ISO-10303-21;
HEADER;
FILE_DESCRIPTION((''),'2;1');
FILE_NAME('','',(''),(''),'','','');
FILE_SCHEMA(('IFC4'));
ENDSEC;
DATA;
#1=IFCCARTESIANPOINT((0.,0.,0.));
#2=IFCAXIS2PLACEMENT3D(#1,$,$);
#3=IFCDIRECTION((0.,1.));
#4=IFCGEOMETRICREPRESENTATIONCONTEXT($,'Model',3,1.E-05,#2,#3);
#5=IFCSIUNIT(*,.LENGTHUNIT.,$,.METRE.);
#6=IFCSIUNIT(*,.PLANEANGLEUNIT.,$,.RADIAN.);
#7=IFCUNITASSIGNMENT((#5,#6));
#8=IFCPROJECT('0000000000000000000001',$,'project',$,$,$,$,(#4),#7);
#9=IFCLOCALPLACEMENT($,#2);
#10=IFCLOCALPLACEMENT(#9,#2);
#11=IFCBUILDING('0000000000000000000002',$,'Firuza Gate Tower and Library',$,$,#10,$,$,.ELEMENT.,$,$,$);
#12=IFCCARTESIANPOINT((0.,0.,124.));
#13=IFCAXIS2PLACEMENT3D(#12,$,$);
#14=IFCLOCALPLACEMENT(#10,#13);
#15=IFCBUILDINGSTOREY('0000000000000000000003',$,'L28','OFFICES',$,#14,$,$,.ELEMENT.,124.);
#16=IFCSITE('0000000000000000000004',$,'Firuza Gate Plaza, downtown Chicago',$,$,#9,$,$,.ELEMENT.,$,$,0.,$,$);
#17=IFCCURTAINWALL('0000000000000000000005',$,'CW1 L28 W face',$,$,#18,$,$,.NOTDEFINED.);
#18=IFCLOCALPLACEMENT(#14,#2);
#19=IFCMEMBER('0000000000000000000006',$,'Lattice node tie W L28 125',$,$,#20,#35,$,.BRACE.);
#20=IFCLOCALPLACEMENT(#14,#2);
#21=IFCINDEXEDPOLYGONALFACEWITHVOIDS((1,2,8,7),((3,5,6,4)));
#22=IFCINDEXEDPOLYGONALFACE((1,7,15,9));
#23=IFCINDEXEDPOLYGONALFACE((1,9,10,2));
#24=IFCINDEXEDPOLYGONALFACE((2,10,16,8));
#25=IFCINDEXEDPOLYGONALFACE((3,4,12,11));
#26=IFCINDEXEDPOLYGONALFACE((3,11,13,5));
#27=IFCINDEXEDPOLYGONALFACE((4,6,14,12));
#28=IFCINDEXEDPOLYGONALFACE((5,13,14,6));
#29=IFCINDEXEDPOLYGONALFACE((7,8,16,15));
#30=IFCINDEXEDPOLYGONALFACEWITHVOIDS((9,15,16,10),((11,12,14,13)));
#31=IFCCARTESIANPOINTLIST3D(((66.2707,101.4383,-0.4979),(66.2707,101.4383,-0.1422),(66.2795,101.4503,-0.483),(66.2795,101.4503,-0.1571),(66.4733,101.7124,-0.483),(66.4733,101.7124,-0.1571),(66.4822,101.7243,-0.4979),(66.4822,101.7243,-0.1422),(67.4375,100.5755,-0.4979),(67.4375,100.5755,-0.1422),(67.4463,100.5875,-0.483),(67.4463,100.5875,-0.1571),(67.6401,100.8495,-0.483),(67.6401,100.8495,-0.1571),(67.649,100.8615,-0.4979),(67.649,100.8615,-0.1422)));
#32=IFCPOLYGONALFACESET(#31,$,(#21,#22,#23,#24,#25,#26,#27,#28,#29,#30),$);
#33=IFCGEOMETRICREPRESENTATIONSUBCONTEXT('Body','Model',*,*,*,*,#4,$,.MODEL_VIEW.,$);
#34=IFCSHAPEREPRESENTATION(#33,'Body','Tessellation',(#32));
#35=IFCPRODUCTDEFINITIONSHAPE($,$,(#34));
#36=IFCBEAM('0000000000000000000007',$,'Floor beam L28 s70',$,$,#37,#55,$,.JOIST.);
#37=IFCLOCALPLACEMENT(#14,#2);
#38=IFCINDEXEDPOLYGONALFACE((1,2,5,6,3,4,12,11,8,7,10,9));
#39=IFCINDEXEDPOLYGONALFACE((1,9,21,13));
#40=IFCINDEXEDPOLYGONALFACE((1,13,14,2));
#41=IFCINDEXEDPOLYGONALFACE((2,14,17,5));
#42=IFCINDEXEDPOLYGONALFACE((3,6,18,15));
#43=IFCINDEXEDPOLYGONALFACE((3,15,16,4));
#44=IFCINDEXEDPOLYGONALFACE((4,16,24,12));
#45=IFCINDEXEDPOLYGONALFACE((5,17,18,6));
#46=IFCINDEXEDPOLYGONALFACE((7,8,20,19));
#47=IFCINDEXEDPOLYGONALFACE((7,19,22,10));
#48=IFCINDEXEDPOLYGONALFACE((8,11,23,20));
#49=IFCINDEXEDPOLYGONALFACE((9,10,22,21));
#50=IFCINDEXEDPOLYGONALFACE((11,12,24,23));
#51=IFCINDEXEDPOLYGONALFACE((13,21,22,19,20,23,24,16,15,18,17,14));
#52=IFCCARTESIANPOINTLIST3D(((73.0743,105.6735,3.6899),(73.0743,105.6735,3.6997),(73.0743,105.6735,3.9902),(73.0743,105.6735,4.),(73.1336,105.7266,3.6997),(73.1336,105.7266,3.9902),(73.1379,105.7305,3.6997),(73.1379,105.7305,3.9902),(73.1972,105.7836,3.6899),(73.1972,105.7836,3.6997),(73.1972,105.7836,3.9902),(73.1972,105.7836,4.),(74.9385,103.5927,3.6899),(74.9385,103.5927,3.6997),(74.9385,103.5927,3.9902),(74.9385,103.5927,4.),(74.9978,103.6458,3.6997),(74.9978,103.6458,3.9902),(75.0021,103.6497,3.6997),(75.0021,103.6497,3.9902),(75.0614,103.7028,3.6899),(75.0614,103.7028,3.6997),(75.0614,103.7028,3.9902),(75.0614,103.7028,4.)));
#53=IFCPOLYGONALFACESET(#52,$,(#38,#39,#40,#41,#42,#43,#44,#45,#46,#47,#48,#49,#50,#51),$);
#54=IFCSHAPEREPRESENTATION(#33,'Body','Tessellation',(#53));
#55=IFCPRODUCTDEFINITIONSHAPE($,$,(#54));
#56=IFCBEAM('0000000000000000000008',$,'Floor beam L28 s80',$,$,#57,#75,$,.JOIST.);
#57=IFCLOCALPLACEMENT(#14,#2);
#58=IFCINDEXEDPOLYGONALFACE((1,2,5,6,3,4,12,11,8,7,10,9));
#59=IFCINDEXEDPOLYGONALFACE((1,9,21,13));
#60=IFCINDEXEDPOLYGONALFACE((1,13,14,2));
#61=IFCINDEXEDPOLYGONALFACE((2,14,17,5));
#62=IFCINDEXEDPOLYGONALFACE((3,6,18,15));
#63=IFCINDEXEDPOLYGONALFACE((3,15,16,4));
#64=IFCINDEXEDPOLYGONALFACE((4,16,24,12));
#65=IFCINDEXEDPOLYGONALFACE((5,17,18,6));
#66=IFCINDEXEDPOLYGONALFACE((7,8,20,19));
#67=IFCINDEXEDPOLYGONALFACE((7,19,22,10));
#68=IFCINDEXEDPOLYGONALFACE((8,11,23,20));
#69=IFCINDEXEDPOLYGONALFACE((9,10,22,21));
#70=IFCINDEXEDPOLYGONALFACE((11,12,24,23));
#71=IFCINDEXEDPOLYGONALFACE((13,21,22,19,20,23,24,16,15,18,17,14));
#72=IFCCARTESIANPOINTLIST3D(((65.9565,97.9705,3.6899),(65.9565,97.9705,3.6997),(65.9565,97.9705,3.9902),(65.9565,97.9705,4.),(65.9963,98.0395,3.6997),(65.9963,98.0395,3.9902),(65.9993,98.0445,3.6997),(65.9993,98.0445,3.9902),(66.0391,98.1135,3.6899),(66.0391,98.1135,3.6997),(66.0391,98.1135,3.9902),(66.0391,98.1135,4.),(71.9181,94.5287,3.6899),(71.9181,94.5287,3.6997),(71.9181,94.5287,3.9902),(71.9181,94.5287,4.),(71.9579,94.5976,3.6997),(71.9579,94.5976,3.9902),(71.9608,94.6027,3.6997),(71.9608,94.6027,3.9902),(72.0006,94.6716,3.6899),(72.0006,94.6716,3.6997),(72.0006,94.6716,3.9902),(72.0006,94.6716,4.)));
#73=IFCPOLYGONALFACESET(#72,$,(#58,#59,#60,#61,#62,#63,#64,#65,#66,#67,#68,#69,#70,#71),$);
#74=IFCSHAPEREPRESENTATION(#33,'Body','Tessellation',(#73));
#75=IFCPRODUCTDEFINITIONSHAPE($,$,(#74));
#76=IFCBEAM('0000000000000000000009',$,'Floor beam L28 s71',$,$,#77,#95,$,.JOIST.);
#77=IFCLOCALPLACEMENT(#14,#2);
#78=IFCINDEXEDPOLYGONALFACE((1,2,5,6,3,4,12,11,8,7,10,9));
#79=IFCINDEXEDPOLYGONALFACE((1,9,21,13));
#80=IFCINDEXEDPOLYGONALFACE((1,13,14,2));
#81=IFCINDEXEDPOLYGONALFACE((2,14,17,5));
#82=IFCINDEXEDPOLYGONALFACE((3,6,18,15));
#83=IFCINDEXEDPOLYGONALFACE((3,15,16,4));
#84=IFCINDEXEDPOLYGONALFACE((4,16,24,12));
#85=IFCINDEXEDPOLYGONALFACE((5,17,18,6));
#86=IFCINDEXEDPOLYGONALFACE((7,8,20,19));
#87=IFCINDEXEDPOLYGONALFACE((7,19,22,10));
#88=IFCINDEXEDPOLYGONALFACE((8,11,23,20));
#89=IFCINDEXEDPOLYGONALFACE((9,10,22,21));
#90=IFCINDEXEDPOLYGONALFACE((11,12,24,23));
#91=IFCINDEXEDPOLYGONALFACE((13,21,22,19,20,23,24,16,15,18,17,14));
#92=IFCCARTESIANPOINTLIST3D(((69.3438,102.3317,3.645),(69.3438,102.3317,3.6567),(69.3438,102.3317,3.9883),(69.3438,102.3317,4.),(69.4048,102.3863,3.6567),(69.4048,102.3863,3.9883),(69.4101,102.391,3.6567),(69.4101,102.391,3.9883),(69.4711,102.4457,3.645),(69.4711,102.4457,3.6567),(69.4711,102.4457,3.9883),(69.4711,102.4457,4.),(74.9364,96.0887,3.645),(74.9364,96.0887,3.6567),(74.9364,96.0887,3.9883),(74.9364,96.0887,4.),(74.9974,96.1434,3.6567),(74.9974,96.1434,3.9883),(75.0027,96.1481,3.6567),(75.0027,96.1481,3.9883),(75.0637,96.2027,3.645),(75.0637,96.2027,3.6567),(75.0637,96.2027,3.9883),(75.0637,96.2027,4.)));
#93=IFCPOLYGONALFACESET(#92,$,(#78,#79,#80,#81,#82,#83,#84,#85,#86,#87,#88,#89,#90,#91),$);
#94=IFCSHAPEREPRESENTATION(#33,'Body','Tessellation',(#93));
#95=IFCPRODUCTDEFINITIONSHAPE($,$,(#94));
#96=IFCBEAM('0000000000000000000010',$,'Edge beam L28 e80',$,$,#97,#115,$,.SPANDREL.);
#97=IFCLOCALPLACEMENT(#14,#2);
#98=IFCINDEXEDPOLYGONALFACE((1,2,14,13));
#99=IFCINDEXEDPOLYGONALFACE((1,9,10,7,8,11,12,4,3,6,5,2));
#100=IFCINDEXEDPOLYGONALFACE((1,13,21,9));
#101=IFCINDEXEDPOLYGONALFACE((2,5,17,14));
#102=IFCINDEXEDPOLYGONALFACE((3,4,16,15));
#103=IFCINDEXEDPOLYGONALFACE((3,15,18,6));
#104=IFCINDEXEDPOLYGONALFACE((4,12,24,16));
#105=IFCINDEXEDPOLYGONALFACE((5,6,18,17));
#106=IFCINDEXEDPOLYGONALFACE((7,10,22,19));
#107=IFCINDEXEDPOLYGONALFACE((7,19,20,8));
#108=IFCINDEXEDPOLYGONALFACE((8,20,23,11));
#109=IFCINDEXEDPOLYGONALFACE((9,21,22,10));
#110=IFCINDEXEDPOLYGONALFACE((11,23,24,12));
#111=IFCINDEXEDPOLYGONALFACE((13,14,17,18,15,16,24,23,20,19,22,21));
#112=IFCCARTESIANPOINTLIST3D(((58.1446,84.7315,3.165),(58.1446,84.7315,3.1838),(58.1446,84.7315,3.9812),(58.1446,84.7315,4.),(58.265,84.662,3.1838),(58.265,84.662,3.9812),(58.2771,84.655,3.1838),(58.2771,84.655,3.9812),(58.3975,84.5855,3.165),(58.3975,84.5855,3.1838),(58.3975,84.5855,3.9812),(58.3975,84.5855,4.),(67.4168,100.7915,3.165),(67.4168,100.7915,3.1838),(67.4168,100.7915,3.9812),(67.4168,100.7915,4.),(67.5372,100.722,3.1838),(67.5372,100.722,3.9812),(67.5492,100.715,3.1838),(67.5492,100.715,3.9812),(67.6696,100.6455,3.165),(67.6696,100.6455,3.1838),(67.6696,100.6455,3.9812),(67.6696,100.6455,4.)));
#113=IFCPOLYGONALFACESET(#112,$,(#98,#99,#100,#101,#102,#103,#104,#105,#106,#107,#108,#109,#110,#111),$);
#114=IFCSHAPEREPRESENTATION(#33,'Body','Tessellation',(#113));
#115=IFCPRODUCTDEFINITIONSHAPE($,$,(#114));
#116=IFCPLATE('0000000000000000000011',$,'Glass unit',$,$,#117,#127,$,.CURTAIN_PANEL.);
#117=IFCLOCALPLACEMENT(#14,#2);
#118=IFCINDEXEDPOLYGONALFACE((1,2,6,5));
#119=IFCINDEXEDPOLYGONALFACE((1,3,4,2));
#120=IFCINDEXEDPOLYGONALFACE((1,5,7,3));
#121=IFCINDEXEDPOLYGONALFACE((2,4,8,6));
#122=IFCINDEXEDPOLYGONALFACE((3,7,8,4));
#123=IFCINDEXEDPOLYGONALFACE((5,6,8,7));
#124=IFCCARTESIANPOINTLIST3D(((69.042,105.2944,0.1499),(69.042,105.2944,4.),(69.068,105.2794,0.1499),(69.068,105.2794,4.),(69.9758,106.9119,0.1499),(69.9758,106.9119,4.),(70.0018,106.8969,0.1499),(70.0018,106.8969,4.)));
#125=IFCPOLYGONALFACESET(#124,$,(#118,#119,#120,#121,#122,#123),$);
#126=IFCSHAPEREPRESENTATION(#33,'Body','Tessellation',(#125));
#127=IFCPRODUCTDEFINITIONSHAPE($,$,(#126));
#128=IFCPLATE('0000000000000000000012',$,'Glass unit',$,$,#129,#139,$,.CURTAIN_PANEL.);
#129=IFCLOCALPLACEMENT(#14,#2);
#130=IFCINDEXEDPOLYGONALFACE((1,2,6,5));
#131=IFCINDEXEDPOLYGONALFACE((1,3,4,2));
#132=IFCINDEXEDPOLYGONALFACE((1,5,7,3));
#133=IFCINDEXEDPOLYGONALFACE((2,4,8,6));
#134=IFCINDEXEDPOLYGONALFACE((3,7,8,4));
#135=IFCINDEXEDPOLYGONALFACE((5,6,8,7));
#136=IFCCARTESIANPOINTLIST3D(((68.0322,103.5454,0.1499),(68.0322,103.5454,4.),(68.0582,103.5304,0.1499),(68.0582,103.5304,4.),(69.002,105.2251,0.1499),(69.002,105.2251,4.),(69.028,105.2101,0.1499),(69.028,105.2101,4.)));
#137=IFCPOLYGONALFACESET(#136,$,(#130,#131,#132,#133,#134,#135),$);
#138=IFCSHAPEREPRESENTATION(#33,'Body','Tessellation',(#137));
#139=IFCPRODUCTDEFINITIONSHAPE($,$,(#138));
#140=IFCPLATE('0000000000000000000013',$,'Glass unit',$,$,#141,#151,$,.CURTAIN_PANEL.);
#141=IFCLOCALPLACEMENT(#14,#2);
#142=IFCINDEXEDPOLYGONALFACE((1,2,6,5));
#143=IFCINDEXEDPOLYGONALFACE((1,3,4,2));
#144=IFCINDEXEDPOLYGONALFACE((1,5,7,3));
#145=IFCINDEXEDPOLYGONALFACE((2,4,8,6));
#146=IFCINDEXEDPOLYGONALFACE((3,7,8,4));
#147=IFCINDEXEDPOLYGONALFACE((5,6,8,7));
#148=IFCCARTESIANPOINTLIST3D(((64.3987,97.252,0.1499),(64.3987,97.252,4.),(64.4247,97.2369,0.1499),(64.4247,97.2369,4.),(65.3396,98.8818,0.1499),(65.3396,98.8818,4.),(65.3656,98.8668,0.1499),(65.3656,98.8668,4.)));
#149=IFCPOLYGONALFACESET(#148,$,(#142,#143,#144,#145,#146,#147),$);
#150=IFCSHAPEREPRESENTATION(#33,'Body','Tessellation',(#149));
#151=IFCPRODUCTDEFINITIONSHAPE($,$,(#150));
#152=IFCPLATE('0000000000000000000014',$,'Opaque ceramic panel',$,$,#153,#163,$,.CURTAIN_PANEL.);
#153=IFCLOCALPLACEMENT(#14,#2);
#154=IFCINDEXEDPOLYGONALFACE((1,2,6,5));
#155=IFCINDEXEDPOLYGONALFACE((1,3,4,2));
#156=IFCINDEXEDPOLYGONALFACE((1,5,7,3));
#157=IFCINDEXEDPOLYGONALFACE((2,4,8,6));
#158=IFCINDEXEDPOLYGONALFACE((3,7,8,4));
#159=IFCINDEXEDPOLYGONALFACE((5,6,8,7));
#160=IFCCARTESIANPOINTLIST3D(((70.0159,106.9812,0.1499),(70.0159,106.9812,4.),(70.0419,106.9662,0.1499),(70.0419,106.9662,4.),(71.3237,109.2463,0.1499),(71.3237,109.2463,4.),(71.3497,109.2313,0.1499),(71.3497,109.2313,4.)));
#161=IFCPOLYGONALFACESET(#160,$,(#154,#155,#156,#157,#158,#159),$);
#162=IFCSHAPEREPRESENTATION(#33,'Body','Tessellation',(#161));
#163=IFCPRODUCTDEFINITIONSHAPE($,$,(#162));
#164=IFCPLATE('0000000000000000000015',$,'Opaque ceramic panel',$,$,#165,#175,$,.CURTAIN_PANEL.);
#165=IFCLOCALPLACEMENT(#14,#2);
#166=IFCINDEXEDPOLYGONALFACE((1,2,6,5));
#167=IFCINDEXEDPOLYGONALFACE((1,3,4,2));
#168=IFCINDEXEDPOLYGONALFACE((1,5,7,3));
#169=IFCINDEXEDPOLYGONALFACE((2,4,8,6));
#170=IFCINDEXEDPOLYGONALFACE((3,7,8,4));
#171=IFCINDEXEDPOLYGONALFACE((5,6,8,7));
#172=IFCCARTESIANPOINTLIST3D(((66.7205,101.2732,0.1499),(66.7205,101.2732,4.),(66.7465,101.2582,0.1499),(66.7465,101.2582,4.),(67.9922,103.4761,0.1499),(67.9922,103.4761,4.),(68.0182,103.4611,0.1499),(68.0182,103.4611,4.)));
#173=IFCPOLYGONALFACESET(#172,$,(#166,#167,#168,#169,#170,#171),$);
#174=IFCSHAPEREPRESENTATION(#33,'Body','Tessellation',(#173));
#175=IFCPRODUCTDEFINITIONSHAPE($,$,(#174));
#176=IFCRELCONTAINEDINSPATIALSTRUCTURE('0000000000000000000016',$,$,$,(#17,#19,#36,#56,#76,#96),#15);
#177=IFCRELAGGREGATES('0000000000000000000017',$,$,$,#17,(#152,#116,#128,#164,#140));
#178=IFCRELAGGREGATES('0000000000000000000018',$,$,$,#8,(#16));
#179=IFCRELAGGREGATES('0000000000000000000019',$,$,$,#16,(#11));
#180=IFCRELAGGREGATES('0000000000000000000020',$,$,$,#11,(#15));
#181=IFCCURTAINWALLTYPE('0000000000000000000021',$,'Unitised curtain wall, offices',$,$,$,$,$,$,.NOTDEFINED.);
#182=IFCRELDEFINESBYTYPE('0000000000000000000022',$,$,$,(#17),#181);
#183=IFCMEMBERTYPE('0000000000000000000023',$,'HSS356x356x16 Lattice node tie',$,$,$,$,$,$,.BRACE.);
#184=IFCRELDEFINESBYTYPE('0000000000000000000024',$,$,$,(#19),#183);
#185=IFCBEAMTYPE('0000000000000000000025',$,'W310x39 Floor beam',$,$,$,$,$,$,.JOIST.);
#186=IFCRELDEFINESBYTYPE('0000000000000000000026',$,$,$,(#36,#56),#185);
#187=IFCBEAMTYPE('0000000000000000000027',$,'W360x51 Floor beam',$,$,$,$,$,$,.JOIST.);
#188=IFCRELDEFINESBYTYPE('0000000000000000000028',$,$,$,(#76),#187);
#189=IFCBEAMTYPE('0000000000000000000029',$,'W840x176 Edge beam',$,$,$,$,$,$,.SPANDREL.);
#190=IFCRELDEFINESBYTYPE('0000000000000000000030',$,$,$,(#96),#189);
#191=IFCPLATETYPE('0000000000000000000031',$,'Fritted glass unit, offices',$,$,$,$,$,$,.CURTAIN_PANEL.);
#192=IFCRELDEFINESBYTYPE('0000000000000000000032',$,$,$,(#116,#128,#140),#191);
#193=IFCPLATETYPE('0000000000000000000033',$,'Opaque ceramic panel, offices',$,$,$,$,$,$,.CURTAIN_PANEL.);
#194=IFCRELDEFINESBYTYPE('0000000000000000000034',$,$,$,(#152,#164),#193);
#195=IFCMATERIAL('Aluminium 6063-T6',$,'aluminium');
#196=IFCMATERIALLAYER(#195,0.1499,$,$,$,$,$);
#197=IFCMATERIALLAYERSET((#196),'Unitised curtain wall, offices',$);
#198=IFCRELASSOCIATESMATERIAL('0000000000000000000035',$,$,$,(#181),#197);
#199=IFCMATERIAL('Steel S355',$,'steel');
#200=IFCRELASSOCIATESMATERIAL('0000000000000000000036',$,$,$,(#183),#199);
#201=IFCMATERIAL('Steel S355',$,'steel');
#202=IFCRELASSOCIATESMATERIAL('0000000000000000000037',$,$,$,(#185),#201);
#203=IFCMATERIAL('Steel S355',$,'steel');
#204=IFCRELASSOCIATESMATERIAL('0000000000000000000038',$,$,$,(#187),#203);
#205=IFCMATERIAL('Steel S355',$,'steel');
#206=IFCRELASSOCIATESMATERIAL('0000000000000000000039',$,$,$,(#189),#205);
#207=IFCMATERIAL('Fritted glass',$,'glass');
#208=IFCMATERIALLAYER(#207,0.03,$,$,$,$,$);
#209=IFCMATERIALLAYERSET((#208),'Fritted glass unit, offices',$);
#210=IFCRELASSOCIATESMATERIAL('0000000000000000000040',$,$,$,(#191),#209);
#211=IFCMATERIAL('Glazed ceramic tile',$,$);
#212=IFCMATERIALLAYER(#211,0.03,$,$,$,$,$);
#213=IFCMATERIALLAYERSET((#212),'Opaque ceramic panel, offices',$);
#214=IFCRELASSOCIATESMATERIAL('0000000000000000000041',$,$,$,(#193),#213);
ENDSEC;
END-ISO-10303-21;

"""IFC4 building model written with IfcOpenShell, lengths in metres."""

from ifc_helpers import new_model, si_unit, direction, frame, origin, origin_2d, place, context, subcontext, project, spatial, polyline, hollow_rectangle, i_section, outline, extrude, material, layer, layer_set, material_profile, profile_set, type_object, element, aggregate, save


model = new_model("IFC4")

# Units and contexts
model_context = context("Model", 3, precision=1e-05, world=origin(), true_north=direction((0.0, 1.0)))
body_context = subcontext(model_context, "Body", "Model", "MODEL_VIEW")
ifc_project = project(units=[si_unit("LENGTHUNIT", "METRE"), si_unit("PLANEANGLEUNIT", "RADIAN")], contexts=[model_context])

# Site, building, storey
site_placement = place(None, origin())
site = spatial("IfcSite", under=ifc_project, at=site_placement, Name="Firuza Gate Plaza, downtown Chicago", CompositionType="ELEMENT", RefElevation=0.0)
building_placement = place(site_placement, origin())
building = spatial("IfcBuilding", under=site, at=building_placement, Name="Firuza Gate Tower and Library", CompositionType="ELEMENT")
storey_placement = place(building_placement, frame((0.0, 0.0, 124.0)))
storey = spatial("IfcBuildingStorey", under=building, at=storey_placement, Name="L28", Description="OFFICES", CompositionType="ELEMENT", Elevation=124.0)

# Curtain wall
ifc_material_1 = material(Name="Aluminium 6063-T6", Category="aluminium")
ifc_layer_1 = layer(ifc_material_1, 0.1499)
ifc_layer_set_1 = layer_set([ifc_layer_1], Name="Unitised curtain wall, offices")
curtain_wall_type_1 = type_object("IfcCurtainWallType", Name="Unitised curtain wall, offices", PredefinedType="NOTDEFINED", material=ifc_layer_set_1)
placement = place(storey_placement, origin())
curtain_wall_1 = element("IfcCurtainWall", 1, at=placement, inside=storey, type_object=curtain_wall_type_1, Name="CW1 L28 W face", PredefinedType="NOTDEFINED")

# Member
ifc_material_2 = material(Name="Steel S355", Category="steel")
ifc_material_profile_1 = material_profile(ifc_material_2, hollow_rectangle(XDim=0.3557, YDim=0.3557, WallThickness=0.0149, at=origin_2d()))
ifc_profile_set_1 = profile_set([ifc_material_profile_1], Name="Steel S355")
member_type_1 = type_object("IfcMemberType", Name="HSS356x356x16 Lattice node tie", PredefinedType="BRACE", material=ifc_profile_set_1)
member_1_placement = place(storey_placement, frame((67.5432, 100.7185, -0.3201), z_axis=(-0.80404, 0.594576, 0.0), x_axis=(-0.594576, -0.80404, 0.0)))
element("IfcMember", 2, at=member_1_placement, inside=storey, type_object=member_type_1, Name="Lattice node tie W L28 125", PredefinedType="BRACE", context=body_context, shape_type="SweptSolid", body=[
    extrude(hollow_rectangle(XDim=0.3557, YDim=0.3557, WallThickness=0.0149, at=origin_2d()), origin(), (0.0, 0.0, 1.0), 1.4512),
])

# Beams
ifc_material_3 = material(Name="Steel S355", Category="steel")
ifc_material_profile_2 = material_profile(ifc_material_3, i_section(OverallWidth=0.165, OverallDepth=0.3101, WebThickness=0.0059, FlangeThickness=0.0098, at=origin_2d()))
ifc_profile_set_2 = profile_set([ifc_material_profile_2], Name="Steel S355")
beam_type_1 = type_object("IfcBeamType", Name="W310x39 Floor beam", PredefinedType="JOIST", material=ifc_profile_set_2)
beam_1_placement = place(storey_placement, frame((73.1357, 105.7285, 3.845), z_axis=(0.667288, -0.7448, 0.0), x_axis=(0.7448, 0.667288, 0.0)))
element("IfcBeam", 3, at=beam_1_placement, inside=storey, type_object=beam_type_1, Name="Floor beam L28 s70", PredefinedType="JOIST", context=body_context, shape_type="SweptSolid", body=[
    extrude(i_section(OverallWidth=0.165, OverallDepth=0.3101, WebThickness=0.0059, FlangeThickness=0.0098, at=origin_2d()), origin(), (0.0, 0.0, 1.0), 2.7937),
])
beam_2_placement = place(storey_placement, frame((65.9978, 98.042, 3.845), z_axis=(0.86603, -0.499992, 0.0), x_axis=(0.499992, 0.86603, 0.0)))
element("IfcBeam", 4, at=beam_2_placement, inside=storey, type_object=beam_type_1, Name="Floor beam L28 s80", PredefinedType="JOIST", context=body_context, shape_type="SweptSolid", body=[
    extrude(i_section(OverallWidth=0.165, OverallDepth=0.3101, WebThickness=0.0059, FlangeThickness=0.0098, at=origin_2d()), origin(), (0.0, 0.0, 1.0), 6.8838),
])
ifc_material_4 = material(Name="Steel S355", Category="steel")
ifc_material_profile_3 = material_profile(ifc_material_4, i_section(OverallWidth=0.1709, OverallDepth=0.355, WebThickness=0.0071, FlangeThickness=0.0117, at=origin_2d()))
ifc_profile_set_3 = profile_set([ifc_material_profile_3], Name="Steel S355")
beam_type_2 = type_object("IfcBeamType", Name="W360x51 Floor beam", PredefinedType="JOIST", material=ifc_profile_set_3)
beam_3_placement = place(storey_placement, frame((69.4075, 102.3887, 3.8225), z_axis=(0.667243, -0.74484, 0.0), x_axis=(0.74484, 0.667243, 0.0)))
element("IfcBeam", 5, at=beam_3_placement, inside=storey, type_object=beam_type_2, Name="Floor beam L28 s71", PredefinedType="JOIST", context=body_context, shape_type="SweptSolid", body=[
    extrude(i_section(OverallWidth=0.1709, OverallDepth=0.355, WebThickness=0.0071, FlangeThickness=0.0117, at=origin_2d()), origin(), (0.0, 0.0, 1.0), 8.3816),
])
ifc_material_5 = material(Name="Steel S355", Category="steel")
ifc_material_profile_4 = material_profile(ifc_material_5, i_section(OverallWidth=0.292, OverallDepth=0.835, WebThickness=0.0139, FlangeThickness=0.0188, at=origin_2d()))
ifc_profile_set_4 = profile_set([ifc_material_profile_4], Name="Steel S355")
beam_type_3 = type_object("IfcBeamType", Name="W840x176 Edge beam", PredefinedType="SPANDREL", material=ifc_profile_set_4)
beam_4_placement = place(storey_placement, frame((67.5432, 100.7185, 3.5825), z_axis=(-0.499997, -0.866027, 0.0), x_axis=(0.866027, -0.499997, 0.0)))
element("IfcBeam", 6, at=beam_4_placement, inside=storey, type_object=beam_type_3, Name="Edge beam L28 e80", PredefinedType="SPANDREL", context=body_context, shape_type="SweptSolid", body=[
    extrude(i_section(OverallWidth=0.292, OverallDepth=0.835, WebThickness=0.0139, FlangeThickness=0.0188, at=origin_2d()), origin(), (0.0, 0.0, 1.0), 18.5444),
])

# Plates
ifc_material_6 = material(Name="Fritted glass", Category="glass")
ifc_layer_2 = layer(ifc_material_6, 0.03)
ifc_layer_set_2 = layer_set([ifc_layer_2], Name="Fritted glass unit, offices")
plate_type_1 = type_object("IfcPlateType", Name="Fritted glass unit, offices", PredefinedType="CURTAIN_PANEL", material=ifc_layer_set_2)
plate_1_placement = place(storey_placement, frame((69.9758, 106.9119, 0.1499), z_axis=(-0.866022, 0.500005, 0.0), x_axis=(-0.500005, -0.866022, 0.0)))
plate_1 = element("IfcPlate", 7, at=plate_1_placement, type_object=plate_type_1, Name="Glass unit", PredefinedType="CURTAIN_PANEL", context=body_context, shape_type="SweptSolid", body=[
    extrude(outline(polyline([(0.0, 0.0), (1.8677, 0.0), (1.8677, 3.8501), (0.0, 3.8501), (0.0, 0.0)])), origin(), (0.0, 0.0, -1.0), 0.03),
])
plate_2_placement = place(storey_placement, frame((69.002, 105.2251, 0.1499), z_axis=(-0.866035, 0.499984, 0.0), x_axis=(-0.499984, -0.866035, 0.0)))
plate_2 = element("IfcPlate", 8, at=plate_2_placement, type_object=plate_type_1, Name="Glass unit", PredefinedType="CURTAIN_PANEL", context=body_context, shape_type="SweptSolid", body=[
    extrude(outline(polyline([(0.0, 0.0), (1.9395, 0.0), (1.9395, 3.8501), (0.0, 3.8501), (0.0, 0.0)])), origin(), (0.0, 0.0, -1.0), 0.03),
])
plate_3_placement = place(storey_placement, frame((65.3396, 98.8818, 0.1499), z_axis=(-0.866047, 0.499962, 0.0), x_axis=(-0.499962, -0.866047, 0.0)))
plate_3 = element("IfcPlate", 9, at=plate_3_placement, type_object=plate_type_1, Name="Glass unit", PredefinedType="CURTAIN_PANEL", context=body_context, shape_type="SweptSolid", body=[
    extrude(outline(polyline([(0.0, 0.0), (1.882, 0.0), (1.882, 3.8501), (0.0, 3.8501), (0.0, 0.0)])), origin(), (0.0, 0.0, -1.0), 0.03),
])
ifc_material_7 = material(Name="Glazed ceramic tile")
ifc_layer_3 = layer(ifc_material_7, 0.03)
ifc_layer_set_3 = layer_set([ifc_layer_3], Name="Opaque ceramic panel, offices")
plate_type_2 = type_object("IfcPlateType", Name="Opaque ceramic panel, offices", PredefinedType="CURTAIN_PANEL", material=ifc_layer_set_3)
plate_4_placement = place(storey_placement, frame((71.3237, 109.2463, 0.1499), z_axis=(-0.866011, 0.500024, 0.0), x_axis=(-0.500024, -0.866011, 0.0)))
plate_4 = element("IfcPlate", 10, at=plate_4_placement, type_object=plate_type_2, Name="Opaque ceramic panel", PredefinedType="CURTAIN_PANEL", context=body_context, shape_type="SweptSolid", body=[
    extrude(outline(polyline([(0.0, 0.0), (2.6156, 0.0), (2.6156, 3.8501), (0.0, 3.8501), (0.0, 0.0)])), origin(), (0.0, 0.0, -1.0), 0.03),
])
plate_5_placement = place(storey_placement, frame((67.9922, 103.4761, 0.1499), z_axis=(-0.866043, 0.499969, 0.0), x_axis=(-0.499969, -0.866043, 0.0)))
plate_5 = element("IfcPlate", 11, at=plate_5_placement, type_object=plate_type_2, Name="Opaque ceramic panel", PredefinedType="CURTAIN_PANEL", context=body_context, shape_type="SweptSolid", body=[
    extrude(outline(polyline([(0.0, 0.0), (2.5436, 0.0), (2.5436, 3.8501), (0.0, 3.8501), (0.0, 0.0)])), origin(), (0.0, 0.0, -1.0), 0.03),
])
aggregate(curtain_wall_1, [plate_4, plate_1, plate_2, plate_5, plate_3])

save(model, "model.ifc")
